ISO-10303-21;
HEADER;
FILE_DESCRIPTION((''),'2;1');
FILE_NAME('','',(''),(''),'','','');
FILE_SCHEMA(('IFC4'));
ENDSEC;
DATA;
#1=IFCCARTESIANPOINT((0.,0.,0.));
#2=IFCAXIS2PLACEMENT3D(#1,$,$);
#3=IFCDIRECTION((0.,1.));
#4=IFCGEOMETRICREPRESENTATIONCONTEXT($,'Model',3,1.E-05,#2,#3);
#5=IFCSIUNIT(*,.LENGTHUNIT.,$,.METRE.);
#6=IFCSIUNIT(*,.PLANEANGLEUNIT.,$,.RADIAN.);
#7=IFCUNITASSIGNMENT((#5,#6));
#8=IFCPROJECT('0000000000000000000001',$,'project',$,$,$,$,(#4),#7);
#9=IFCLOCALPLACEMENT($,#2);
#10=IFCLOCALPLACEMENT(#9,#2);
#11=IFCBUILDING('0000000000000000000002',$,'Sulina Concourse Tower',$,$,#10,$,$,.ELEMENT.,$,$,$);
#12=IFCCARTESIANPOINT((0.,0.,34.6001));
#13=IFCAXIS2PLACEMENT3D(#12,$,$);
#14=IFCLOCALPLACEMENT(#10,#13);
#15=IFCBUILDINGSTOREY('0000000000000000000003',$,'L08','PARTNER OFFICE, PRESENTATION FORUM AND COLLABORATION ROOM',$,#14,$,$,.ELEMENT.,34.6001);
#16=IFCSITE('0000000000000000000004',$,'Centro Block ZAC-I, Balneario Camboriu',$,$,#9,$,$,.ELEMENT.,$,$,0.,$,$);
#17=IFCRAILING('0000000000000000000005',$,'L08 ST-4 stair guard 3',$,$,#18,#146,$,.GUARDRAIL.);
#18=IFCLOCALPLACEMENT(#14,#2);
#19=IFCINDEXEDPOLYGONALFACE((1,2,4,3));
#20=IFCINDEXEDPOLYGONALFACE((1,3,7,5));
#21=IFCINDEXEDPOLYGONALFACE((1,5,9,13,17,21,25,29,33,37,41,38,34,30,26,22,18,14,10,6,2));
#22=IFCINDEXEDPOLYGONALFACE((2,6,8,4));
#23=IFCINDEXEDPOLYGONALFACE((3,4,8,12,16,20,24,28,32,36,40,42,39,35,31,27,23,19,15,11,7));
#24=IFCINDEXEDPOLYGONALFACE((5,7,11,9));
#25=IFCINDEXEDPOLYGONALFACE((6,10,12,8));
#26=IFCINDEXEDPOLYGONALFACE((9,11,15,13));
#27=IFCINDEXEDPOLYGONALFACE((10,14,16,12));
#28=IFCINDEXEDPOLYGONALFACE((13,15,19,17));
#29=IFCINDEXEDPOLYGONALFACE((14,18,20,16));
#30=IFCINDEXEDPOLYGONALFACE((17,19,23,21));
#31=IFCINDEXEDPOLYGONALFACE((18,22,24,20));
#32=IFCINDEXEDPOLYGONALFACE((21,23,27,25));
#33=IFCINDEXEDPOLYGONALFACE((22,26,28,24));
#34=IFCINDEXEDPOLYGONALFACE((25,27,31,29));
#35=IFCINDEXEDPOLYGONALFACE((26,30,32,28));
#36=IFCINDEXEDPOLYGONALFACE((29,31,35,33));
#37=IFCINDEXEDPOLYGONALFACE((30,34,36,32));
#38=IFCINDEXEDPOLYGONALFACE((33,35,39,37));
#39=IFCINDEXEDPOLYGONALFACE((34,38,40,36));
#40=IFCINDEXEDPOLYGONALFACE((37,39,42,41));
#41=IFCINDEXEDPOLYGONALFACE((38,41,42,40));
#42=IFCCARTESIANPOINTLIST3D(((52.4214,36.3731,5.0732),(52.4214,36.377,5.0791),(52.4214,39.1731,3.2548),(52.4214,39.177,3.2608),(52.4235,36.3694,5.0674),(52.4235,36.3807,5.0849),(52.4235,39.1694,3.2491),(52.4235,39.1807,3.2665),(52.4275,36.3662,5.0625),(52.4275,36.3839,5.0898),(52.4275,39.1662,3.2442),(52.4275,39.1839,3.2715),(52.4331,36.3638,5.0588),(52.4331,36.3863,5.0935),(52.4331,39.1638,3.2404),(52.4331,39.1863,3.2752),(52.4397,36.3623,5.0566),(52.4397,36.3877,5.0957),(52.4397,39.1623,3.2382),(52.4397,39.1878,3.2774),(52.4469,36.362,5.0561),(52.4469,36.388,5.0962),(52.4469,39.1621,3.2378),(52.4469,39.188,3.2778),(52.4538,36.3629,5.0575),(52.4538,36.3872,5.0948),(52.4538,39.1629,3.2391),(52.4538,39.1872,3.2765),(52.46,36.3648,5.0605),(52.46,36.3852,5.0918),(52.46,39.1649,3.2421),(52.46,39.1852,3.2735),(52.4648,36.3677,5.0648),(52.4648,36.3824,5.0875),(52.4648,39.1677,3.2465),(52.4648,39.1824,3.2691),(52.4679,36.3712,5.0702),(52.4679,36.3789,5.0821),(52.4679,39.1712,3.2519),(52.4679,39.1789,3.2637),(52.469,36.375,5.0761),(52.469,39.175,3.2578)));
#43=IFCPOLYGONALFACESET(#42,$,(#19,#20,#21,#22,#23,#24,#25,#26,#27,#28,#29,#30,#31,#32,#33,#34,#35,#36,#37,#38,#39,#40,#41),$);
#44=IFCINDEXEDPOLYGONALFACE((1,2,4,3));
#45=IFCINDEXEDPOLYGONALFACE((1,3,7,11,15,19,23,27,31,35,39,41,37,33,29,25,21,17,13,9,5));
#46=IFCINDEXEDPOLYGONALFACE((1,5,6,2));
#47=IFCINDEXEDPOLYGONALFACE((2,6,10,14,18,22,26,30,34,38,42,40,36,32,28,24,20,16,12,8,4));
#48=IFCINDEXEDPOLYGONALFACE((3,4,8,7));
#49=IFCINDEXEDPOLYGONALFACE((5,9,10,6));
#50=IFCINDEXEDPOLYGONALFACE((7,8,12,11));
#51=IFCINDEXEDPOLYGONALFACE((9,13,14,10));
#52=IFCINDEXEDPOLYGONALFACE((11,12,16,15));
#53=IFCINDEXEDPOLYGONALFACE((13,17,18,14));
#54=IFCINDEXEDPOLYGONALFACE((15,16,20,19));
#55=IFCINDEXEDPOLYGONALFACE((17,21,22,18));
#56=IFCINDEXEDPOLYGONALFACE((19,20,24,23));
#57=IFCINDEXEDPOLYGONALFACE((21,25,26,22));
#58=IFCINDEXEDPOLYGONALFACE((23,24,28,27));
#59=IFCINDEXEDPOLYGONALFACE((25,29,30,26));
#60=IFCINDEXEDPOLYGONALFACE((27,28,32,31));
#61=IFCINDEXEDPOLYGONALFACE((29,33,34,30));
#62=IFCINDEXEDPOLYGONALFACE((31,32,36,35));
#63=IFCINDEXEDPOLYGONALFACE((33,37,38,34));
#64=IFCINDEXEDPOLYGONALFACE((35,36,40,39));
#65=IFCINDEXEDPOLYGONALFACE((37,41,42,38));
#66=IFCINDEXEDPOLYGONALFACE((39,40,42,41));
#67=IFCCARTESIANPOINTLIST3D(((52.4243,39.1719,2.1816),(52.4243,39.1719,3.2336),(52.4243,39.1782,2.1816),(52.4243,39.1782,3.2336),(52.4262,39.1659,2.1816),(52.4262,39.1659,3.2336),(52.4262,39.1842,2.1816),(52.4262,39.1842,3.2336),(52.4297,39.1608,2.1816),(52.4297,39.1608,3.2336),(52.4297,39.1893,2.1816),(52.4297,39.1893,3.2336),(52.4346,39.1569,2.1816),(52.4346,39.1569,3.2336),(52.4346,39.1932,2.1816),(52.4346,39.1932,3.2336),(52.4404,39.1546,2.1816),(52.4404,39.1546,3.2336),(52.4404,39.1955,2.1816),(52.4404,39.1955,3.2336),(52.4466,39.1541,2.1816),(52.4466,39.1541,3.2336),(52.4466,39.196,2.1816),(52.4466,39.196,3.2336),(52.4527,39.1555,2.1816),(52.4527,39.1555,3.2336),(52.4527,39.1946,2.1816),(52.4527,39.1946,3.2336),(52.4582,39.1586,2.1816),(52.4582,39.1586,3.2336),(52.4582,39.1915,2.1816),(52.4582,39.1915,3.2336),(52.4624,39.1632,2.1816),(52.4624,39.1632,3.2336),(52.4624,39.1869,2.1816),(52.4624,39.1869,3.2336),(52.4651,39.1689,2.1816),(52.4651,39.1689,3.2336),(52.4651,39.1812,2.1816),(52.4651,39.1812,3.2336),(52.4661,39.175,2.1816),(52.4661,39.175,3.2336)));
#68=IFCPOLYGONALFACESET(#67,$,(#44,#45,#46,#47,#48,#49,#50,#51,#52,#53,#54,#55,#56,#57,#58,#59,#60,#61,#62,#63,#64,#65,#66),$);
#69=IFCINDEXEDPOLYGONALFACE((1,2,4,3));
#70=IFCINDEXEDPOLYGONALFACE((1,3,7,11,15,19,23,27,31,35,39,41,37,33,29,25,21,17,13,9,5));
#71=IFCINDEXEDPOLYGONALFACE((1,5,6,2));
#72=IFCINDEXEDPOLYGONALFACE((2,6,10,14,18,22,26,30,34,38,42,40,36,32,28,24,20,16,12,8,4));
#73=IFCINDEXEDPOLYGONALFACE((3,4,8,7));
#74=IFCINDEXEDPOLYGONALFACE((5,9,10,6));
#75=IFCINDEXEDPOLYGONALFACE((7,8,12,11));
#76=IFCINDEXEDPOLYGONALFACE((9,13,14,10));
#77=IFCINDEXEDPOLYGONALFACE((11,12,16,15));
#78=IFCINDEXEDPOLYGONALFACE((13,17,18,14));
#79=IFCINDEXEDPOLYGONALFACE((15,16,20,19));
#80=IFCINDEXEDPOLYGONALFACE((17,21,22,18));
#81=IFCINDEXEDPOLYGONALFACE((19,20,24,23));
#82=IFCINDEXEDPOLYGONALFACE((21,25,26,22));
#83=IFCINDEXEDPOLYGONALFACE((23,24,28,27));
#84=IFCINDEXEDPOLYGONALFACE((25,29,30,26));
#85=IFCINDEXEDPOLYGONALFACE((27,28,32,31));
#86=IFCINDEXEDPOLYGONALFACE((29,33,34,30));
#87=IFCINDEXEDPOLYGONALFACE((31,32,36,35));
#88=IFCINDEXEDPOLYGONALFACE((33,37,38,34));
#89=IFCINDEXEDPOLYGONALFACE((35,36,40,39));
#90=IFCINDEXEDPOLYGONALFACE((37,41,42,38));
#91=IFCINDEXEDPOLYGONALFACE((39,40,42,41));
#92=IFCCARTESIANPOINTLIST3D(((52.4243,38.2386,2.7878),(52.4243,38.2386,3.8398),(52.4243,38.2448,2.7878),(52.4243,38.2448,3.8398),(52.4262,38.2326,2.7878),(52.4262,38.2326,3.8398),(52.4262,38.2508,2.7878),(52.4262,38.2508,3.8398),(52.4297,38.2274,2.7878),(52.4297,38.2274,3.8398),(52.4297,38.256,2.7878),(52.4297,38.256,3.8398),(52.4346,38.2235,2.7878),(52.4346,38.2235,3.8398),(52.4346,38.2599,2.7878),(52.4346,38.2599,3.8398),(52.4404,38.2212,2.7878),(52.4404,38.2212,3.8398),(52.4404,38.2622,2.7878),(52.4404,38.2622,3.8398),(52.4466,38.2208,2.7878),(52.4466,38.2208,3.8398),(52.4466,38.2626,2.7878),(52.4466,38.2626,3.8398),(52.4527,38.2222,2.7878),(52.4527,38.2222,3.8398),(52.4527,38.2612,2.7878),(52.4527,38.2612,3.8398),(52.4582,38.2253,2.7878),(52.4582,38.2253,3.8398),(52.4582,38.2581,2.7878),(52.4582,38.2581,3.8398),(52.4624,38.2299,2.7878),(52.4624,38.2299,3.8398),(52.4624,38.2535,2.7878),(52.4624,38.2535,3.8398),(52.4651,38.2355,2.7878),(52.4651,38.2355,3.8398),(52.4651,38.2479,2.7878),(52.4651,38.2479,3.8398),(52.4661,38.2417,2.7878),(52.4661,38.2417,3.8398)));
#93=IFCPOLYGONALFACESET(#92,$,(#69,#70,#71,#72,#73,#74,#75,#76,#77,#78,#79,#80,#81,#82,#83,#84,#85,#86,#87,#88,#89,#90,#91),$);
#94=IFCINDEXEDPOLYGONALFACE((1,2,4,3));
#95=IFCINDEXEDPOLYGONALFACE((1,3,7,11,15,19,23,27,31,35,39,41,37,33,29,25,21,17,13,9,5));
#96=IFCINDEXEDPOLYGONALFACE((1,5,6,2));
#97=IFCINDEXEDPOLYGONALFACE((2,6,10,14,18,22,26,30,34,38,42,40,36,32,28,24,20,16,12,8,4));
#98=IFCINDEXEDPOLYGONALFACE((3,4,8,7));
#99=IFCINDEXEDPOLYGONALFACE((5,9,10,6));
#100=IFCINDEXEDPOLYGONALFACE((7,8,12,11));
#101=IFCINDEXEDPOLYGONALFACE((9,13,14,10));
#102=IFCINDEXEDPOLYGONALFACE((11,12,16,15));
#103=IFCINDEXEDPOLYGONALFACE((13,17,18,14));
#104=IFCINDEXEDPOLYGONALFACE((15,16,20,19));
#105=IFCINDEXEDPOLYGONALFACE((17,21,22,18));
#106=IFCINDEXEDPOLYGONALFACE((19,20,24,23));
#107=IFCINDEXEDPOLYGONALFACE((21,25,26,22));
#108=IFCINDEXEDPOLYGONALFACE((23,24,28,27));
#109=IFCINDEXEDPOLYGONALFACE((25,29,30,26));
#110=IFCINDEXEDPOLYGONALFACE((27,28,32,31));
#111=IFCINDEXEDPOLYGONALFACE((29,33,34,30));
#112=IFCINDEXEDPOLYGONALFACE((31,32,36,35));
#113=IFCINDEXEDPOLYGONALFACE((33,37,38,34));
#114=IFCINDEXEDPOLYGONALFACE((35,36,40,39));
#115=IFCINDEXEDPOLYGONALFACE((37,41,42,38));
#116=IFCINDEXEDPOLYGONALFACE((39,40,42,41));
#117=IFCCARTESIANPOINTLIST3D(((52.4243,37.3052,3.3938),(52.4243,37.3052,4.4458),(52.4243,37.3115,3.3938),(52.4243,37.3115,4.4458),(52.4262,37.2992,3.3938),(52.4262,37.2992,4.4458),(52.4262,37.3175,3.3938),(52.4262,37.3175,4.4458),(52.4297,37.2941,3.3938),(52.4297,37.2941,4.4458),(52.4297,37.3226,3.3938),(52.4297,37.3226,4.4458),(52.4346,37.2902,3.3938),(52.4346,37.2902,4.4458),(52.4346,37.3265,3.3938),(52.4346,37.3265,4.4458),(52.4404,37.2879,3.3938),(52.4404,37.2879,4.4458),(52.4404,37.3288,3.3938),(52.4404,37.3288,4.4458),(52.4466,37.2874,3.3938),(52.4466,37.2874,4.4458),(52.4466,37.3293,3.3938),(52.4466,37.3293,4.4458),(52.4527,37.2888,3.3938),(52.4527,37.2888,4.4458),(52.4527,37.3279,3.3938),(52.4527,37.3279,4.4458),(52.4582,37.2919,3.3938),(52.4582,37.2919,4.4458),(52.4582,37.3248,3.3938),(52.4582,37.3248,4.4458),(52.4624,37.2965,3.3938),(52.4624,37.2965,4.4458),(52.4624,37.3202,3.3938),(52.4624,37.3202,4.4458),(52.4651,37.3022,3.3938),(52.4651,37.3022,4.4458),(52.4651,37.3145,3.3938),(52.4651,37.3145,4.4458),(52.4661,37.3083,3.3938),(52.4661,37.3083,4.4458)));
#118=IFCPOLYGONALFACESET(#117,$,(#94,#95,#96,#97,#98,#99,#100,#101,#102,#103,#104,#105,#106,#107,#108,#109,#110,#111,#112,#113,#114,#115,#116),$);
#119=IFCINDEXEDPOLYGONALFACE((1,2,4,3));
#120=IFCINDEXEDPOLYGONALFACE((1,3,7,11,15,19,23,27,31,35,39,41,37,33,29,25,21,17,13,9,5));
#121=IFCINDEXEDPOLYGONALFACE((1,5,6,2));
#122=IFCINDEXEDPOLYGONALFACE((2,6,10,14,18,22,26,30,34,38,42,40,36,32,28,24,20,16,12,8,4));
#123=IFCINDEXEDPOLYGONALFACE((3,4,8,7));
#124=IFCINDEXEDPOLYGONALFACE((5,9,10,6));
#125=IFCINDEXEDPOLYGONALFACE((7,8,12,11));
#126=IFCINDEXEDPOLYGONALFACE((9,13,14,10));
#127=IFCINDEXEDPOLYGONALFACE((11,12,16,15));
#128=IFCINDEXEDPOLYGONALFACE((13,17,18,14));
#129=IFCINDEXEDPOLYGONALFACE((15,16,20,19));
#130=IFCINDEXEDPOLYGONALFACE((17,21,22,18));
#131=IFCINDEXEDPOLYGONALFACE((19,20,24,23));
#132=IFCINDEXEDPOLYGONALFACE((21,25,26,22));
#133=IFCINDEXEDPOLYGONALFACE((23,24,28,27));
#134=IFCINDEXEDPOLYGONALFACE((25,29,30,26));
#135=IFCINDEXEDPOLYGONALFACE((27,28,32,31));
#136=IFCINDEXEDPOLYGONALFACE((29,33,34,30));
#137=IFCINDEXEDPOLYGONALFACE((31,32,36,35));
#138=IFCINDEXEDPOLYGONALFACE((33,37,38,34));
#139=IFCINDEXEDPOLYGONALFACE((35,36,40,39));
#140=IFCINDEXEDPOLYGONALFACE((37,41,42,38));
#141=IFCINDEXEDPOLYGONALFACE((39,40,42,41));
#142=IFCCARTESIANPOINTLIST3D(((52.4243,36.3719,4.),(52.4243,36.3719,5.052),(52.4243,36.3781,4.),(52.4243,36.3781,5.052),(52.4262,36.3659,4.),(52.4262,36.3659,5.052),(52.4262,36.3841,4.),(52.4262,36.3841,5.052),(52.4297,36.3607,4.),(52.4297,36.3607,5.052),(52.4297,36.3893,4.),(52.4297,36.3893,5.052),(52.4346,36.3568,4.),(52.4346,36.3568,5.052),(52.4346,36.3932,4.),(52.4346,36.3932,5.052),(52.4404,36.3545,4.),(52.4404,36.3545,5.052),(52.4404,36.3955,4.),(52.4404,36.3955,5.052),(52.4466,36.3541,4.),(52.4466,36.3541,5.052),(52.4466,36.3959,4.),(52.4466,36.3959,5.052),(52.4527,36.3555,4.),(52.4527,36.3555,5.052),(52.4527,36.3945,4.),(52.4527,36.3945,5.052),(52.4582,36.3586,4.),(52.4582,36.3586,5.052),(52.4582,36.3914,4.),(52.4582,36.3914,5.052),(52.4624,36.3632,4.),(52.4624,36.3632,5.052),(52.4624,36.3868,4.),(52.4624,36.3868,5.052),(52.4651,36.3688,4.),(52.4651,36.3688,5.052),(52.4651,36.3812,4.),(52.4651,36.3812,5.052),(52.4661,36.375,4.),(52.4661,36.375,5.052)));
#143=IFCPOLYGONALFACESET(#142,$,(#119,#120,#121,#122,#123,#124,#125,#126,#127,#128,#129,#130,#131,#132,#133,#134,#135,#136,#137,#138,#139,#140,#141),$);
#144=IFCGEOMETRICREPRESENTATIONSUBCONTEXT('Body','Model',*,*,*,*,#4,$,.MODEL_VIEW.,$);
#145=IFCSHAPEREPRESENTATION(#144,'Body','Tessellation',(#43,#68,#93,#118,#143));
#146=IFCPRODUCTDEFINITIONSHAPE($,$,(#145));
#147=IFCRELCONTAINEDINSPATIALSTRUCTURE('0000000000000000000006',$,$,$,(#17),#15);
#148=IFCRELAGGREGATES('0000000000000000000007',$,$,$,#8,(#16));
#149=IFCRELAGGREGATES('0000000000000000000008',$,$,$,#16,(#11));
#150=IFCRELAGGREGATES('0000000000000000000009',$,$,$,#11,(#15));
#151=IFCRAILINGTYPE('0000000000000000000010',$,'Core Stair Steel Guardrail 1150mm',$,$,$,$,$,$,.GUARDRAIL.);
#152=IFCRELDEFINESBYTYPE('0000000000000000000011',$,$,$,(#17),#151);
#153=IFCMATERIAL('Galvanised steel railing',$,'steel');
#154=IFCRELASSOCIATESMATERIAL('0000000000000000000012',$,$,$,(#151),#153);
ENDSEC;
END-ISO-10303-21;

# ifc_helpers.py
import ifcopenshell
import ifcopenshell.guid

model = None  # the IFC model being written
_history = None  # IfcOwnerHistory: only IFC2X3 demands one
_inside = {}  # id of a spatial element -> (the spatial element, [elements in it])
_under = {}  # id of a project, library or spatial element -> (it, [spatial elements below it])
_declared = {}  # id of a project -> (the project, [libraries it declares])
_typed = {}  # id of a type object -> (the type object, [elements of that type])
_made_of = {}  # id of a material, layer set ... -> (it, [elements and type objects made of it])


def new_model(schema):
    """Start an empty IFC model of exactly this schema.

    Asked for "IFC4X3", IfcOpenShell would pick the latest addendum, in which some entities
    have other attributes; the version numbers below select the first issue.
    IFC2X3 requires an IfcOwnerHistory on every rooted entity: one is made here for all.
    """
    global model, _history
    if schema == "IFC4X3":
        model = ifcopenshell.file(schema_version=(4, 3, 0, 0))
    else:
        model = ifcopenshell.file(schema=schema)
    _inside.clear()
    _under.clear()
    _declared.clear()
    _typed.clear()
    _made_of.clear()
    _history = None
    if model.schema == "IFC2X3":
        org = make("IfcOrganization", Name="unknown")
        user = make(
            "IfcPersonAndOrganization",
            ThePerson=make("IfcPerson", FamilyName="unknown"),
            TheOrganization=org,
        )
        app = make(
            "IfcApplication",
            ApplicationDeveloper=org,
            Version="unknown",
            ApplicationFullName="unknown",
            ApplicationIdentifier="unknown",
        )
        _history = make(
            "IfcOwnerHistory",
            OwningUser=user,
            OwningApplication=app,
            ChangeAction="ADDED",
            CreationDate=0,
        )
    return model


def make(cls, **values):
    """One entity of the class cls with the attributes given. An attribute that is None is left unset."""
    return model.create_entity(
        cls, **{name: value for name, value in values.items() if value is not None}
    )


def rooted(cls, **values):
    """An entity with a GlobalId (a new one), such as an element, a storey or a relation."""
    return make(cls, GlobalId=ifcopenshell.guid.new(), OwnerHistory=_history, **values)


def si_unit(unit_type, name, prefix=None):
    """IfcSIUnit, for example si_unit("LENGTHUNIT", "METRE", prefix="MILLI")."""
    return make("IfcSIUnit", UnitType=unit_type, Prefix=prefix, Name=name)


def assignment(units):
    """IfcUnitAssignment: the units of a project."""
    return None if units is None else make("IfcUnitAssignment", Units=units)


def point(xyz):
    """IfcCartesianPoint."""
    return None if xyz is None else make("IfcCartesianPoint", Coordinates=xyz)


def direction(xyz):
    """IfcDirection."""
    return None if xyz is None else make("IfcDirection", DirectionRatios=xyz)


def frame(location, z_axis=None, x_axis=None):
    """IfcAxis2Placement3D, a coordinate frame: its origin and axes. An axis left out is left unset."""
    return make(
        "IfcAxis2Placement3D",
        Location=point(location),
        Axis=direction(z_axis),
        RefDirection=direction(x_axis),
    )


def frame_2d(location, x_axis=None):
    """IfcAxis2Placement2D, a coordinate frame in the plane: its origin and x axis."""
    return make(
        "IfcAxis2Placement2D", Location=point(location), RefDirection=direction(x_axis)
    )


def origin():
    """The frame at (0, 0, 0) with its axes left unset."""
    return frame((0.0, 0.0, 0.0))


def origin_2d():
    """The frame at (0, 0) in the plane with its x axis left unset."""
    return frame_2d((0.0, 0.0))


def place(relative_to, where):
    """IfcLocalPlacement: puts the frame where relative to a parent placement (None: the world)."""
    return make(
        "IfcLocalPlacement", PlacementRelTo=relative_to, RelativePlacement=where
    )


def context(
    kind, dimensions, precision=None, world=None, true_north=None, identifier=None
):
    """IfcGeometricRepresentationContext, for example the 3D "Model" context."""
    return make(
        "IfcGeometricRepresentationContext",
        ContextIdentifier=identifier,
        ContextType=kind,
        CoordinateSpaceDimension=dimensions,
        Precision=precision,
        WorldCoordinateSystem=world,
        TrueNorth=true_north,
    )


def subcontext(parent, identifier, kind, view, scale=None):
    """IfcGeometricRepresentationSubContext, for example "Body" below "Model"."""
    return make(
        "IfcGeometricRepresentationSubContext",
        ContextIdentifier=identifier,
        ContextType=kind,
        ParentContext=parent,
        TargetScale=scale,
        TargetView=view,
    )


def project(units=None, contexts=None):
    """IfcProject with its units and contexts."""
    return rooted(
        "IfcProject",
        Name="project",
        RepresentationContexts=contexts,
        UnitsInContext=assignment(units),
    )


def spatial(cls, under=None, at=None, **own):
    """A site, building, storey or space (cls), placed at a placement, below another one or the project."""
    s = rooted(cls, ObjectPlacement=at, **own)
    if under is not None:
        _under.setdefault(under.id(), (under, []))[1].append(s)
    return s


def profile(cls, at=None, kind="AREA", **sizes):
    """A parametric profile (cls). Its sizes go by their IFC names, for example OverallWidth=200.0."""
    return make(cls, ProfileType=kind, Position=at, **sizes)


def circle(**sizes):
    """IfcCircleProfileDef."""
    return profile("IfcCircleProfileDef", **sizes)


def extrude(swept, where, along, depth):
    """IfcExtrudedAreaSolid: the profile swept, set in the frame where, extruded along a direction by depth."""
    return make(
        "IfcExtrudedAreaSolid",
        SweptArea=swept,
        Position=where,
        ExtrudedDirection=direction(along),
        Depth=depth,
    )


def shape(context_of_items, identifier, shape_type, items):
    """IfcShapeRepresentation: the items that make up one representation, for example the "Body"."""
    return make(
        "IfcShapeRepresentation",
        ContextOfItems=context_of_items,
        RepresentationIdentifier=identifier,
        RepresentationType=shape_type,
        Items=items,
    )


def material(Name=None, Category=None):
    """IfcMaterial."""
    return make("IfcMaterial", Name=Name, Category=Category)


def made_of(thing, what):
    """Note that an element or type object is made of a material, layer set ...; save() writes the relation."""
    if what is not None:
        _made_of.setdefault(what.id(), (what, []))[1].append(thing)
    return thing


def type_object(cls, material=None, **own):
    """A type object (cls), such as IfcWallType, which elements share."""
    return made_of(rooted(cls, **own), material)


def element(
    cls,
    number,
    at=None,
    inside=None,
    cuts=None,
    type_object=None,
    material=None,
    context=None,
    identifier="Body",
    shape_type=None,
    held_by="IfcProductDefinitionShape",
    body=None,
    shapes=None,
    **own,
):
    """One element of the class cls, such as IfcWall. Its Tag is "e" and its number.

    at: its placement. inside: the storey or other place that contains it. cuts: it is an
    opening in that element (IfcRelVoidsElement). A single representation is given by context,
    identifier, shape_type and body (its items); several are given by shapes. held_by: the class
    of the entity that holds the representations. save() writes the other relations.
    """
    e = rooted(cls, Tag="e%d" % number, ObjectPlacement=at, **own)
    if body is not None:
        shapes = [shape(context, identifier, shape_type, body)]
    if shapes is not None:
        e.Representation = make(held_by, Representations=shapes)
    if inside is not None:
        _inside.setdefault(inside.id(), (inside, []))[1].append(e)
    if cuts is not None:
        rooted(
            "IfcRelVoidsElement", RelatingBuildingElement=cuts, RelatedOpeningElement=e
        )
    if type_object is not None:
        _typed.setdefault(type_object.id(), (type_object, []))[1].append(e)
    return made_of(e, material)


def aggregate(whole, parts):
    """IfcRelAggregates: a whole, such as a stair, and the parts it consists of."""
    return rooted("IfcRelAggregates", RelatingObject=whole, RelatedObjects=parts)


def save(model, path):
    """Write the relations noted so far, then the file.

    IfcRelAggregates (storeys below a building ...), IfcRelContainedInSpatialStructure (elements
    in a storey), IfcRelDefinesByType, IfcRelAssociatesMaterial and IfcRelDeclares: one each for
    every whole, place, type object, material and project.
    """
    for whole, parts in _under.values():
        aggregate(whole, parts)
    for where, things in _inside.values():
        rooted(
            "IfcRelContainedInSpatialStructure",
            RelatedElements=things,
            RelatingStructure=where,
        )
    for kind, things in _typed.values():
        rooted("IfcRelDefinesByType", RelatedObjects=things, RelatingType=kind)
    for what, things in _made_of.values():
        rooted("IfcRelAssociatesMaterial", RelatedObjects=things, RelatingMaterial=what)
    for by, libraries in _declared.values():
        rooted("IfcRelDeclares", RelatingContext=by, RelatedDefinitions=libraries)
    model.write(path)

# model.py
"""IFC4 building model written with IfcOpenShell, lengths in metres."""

from ifc_helpers import new_model, si_unit, direction, frame, origin, origin_2d, place, context, subcontext, project, spatial, circle, extrude, material, type_object, element, save


model = new_model("IFC4")

# Units and contexts
model_context = context("Model", 3, precision=1e-05, world=origin(), true_north=direction((0.0, 1.0)))
body_context = subcontext(model_context, "Body", "Model", "MODEL_VIEW")
ifc_project = project(units=[si_unit("LENGTHUNIT", "METRE"), si_unit("PLANEANGLEUNIT", "RADIAN")], contexts=[model_context])

# Site, building, storey
site_placement = place(None, origin())
site = spatial("IfcSite", under=ifc_project, at=site_placement, Name="Centro Block ZAC-I, Balneario Camboriu", CompositionType="ELEMENT", RefElevation=0.0)
building_placement = place(site_placement, origin())
building = spatial("IfcBuilding", under=site, at=building_placement, Name="Sulina Concourse Tower", CompositionType="ELEMENT")
storey_placement = place(building_placement, frame((0.0, 0.0, 34.6001)))
storey = spatial("IfcBuildingStorey", under=building, at=storey_placement, Name="L08", Description="PARTNER OFFICE, PRESENTATION FORUM AND COLLABORATION ROOM", CompositionType="ELEMENT", Elevation=34.6001)

# Railing
ifc_material_1 = material(Name="Galvanised steel railing", Category="steel")
railing_type_1 = type_object("IfcRailingType", Name="Core Stair Steel Guardrail 1150mm", PredefinedType="GUARDRAIL", material=ifc_material_1)
railing_1_placement = place(storey_placement, frame((52.4451, 39.175, 2.1816)))
element("IfcRailing", 1, at=railing_1_placement, inside=storey, type_object=railing_type_1, Name="L08 ST-4 stair guard 3", PredefinedType="GUARDRAIL", context=body_context, shape_type="SweptSolid", body=[
    extrude(circle(Radius=0.0239, at=origin_2d()), frame((0.0, 0.0, 1.0762), z_axis=(0.0, -0.838672, 0.544636), x_axis=(1.0, 0.0, 0.0)), (0.0, 0.0, 1.0), 3.3386),
    extrude(circle(Radius=0.021, at=origin_2d()), origin(), (0.0, 0.0, 1.0), 1.052),
    extrude(circle(Radius=0.021, at=origin_2d()), frame((0.0, -0.9333, 0.6062)), (0.0, 0.0, 1.0), 1.052),
    extrude(circle(Radius=0.021, at=origin_2d()), frame((0.0, -1.8667, 1.2122)), (0.0, 0.0, 1.0), 1.052),
    extrude(circle(Radius=0.021, at=origin_2d()), frame((0.0, -2.8, 1.8184)), (0.0, 0.0, 1.0), 1.052),
])

save(model, "model.ifc")
